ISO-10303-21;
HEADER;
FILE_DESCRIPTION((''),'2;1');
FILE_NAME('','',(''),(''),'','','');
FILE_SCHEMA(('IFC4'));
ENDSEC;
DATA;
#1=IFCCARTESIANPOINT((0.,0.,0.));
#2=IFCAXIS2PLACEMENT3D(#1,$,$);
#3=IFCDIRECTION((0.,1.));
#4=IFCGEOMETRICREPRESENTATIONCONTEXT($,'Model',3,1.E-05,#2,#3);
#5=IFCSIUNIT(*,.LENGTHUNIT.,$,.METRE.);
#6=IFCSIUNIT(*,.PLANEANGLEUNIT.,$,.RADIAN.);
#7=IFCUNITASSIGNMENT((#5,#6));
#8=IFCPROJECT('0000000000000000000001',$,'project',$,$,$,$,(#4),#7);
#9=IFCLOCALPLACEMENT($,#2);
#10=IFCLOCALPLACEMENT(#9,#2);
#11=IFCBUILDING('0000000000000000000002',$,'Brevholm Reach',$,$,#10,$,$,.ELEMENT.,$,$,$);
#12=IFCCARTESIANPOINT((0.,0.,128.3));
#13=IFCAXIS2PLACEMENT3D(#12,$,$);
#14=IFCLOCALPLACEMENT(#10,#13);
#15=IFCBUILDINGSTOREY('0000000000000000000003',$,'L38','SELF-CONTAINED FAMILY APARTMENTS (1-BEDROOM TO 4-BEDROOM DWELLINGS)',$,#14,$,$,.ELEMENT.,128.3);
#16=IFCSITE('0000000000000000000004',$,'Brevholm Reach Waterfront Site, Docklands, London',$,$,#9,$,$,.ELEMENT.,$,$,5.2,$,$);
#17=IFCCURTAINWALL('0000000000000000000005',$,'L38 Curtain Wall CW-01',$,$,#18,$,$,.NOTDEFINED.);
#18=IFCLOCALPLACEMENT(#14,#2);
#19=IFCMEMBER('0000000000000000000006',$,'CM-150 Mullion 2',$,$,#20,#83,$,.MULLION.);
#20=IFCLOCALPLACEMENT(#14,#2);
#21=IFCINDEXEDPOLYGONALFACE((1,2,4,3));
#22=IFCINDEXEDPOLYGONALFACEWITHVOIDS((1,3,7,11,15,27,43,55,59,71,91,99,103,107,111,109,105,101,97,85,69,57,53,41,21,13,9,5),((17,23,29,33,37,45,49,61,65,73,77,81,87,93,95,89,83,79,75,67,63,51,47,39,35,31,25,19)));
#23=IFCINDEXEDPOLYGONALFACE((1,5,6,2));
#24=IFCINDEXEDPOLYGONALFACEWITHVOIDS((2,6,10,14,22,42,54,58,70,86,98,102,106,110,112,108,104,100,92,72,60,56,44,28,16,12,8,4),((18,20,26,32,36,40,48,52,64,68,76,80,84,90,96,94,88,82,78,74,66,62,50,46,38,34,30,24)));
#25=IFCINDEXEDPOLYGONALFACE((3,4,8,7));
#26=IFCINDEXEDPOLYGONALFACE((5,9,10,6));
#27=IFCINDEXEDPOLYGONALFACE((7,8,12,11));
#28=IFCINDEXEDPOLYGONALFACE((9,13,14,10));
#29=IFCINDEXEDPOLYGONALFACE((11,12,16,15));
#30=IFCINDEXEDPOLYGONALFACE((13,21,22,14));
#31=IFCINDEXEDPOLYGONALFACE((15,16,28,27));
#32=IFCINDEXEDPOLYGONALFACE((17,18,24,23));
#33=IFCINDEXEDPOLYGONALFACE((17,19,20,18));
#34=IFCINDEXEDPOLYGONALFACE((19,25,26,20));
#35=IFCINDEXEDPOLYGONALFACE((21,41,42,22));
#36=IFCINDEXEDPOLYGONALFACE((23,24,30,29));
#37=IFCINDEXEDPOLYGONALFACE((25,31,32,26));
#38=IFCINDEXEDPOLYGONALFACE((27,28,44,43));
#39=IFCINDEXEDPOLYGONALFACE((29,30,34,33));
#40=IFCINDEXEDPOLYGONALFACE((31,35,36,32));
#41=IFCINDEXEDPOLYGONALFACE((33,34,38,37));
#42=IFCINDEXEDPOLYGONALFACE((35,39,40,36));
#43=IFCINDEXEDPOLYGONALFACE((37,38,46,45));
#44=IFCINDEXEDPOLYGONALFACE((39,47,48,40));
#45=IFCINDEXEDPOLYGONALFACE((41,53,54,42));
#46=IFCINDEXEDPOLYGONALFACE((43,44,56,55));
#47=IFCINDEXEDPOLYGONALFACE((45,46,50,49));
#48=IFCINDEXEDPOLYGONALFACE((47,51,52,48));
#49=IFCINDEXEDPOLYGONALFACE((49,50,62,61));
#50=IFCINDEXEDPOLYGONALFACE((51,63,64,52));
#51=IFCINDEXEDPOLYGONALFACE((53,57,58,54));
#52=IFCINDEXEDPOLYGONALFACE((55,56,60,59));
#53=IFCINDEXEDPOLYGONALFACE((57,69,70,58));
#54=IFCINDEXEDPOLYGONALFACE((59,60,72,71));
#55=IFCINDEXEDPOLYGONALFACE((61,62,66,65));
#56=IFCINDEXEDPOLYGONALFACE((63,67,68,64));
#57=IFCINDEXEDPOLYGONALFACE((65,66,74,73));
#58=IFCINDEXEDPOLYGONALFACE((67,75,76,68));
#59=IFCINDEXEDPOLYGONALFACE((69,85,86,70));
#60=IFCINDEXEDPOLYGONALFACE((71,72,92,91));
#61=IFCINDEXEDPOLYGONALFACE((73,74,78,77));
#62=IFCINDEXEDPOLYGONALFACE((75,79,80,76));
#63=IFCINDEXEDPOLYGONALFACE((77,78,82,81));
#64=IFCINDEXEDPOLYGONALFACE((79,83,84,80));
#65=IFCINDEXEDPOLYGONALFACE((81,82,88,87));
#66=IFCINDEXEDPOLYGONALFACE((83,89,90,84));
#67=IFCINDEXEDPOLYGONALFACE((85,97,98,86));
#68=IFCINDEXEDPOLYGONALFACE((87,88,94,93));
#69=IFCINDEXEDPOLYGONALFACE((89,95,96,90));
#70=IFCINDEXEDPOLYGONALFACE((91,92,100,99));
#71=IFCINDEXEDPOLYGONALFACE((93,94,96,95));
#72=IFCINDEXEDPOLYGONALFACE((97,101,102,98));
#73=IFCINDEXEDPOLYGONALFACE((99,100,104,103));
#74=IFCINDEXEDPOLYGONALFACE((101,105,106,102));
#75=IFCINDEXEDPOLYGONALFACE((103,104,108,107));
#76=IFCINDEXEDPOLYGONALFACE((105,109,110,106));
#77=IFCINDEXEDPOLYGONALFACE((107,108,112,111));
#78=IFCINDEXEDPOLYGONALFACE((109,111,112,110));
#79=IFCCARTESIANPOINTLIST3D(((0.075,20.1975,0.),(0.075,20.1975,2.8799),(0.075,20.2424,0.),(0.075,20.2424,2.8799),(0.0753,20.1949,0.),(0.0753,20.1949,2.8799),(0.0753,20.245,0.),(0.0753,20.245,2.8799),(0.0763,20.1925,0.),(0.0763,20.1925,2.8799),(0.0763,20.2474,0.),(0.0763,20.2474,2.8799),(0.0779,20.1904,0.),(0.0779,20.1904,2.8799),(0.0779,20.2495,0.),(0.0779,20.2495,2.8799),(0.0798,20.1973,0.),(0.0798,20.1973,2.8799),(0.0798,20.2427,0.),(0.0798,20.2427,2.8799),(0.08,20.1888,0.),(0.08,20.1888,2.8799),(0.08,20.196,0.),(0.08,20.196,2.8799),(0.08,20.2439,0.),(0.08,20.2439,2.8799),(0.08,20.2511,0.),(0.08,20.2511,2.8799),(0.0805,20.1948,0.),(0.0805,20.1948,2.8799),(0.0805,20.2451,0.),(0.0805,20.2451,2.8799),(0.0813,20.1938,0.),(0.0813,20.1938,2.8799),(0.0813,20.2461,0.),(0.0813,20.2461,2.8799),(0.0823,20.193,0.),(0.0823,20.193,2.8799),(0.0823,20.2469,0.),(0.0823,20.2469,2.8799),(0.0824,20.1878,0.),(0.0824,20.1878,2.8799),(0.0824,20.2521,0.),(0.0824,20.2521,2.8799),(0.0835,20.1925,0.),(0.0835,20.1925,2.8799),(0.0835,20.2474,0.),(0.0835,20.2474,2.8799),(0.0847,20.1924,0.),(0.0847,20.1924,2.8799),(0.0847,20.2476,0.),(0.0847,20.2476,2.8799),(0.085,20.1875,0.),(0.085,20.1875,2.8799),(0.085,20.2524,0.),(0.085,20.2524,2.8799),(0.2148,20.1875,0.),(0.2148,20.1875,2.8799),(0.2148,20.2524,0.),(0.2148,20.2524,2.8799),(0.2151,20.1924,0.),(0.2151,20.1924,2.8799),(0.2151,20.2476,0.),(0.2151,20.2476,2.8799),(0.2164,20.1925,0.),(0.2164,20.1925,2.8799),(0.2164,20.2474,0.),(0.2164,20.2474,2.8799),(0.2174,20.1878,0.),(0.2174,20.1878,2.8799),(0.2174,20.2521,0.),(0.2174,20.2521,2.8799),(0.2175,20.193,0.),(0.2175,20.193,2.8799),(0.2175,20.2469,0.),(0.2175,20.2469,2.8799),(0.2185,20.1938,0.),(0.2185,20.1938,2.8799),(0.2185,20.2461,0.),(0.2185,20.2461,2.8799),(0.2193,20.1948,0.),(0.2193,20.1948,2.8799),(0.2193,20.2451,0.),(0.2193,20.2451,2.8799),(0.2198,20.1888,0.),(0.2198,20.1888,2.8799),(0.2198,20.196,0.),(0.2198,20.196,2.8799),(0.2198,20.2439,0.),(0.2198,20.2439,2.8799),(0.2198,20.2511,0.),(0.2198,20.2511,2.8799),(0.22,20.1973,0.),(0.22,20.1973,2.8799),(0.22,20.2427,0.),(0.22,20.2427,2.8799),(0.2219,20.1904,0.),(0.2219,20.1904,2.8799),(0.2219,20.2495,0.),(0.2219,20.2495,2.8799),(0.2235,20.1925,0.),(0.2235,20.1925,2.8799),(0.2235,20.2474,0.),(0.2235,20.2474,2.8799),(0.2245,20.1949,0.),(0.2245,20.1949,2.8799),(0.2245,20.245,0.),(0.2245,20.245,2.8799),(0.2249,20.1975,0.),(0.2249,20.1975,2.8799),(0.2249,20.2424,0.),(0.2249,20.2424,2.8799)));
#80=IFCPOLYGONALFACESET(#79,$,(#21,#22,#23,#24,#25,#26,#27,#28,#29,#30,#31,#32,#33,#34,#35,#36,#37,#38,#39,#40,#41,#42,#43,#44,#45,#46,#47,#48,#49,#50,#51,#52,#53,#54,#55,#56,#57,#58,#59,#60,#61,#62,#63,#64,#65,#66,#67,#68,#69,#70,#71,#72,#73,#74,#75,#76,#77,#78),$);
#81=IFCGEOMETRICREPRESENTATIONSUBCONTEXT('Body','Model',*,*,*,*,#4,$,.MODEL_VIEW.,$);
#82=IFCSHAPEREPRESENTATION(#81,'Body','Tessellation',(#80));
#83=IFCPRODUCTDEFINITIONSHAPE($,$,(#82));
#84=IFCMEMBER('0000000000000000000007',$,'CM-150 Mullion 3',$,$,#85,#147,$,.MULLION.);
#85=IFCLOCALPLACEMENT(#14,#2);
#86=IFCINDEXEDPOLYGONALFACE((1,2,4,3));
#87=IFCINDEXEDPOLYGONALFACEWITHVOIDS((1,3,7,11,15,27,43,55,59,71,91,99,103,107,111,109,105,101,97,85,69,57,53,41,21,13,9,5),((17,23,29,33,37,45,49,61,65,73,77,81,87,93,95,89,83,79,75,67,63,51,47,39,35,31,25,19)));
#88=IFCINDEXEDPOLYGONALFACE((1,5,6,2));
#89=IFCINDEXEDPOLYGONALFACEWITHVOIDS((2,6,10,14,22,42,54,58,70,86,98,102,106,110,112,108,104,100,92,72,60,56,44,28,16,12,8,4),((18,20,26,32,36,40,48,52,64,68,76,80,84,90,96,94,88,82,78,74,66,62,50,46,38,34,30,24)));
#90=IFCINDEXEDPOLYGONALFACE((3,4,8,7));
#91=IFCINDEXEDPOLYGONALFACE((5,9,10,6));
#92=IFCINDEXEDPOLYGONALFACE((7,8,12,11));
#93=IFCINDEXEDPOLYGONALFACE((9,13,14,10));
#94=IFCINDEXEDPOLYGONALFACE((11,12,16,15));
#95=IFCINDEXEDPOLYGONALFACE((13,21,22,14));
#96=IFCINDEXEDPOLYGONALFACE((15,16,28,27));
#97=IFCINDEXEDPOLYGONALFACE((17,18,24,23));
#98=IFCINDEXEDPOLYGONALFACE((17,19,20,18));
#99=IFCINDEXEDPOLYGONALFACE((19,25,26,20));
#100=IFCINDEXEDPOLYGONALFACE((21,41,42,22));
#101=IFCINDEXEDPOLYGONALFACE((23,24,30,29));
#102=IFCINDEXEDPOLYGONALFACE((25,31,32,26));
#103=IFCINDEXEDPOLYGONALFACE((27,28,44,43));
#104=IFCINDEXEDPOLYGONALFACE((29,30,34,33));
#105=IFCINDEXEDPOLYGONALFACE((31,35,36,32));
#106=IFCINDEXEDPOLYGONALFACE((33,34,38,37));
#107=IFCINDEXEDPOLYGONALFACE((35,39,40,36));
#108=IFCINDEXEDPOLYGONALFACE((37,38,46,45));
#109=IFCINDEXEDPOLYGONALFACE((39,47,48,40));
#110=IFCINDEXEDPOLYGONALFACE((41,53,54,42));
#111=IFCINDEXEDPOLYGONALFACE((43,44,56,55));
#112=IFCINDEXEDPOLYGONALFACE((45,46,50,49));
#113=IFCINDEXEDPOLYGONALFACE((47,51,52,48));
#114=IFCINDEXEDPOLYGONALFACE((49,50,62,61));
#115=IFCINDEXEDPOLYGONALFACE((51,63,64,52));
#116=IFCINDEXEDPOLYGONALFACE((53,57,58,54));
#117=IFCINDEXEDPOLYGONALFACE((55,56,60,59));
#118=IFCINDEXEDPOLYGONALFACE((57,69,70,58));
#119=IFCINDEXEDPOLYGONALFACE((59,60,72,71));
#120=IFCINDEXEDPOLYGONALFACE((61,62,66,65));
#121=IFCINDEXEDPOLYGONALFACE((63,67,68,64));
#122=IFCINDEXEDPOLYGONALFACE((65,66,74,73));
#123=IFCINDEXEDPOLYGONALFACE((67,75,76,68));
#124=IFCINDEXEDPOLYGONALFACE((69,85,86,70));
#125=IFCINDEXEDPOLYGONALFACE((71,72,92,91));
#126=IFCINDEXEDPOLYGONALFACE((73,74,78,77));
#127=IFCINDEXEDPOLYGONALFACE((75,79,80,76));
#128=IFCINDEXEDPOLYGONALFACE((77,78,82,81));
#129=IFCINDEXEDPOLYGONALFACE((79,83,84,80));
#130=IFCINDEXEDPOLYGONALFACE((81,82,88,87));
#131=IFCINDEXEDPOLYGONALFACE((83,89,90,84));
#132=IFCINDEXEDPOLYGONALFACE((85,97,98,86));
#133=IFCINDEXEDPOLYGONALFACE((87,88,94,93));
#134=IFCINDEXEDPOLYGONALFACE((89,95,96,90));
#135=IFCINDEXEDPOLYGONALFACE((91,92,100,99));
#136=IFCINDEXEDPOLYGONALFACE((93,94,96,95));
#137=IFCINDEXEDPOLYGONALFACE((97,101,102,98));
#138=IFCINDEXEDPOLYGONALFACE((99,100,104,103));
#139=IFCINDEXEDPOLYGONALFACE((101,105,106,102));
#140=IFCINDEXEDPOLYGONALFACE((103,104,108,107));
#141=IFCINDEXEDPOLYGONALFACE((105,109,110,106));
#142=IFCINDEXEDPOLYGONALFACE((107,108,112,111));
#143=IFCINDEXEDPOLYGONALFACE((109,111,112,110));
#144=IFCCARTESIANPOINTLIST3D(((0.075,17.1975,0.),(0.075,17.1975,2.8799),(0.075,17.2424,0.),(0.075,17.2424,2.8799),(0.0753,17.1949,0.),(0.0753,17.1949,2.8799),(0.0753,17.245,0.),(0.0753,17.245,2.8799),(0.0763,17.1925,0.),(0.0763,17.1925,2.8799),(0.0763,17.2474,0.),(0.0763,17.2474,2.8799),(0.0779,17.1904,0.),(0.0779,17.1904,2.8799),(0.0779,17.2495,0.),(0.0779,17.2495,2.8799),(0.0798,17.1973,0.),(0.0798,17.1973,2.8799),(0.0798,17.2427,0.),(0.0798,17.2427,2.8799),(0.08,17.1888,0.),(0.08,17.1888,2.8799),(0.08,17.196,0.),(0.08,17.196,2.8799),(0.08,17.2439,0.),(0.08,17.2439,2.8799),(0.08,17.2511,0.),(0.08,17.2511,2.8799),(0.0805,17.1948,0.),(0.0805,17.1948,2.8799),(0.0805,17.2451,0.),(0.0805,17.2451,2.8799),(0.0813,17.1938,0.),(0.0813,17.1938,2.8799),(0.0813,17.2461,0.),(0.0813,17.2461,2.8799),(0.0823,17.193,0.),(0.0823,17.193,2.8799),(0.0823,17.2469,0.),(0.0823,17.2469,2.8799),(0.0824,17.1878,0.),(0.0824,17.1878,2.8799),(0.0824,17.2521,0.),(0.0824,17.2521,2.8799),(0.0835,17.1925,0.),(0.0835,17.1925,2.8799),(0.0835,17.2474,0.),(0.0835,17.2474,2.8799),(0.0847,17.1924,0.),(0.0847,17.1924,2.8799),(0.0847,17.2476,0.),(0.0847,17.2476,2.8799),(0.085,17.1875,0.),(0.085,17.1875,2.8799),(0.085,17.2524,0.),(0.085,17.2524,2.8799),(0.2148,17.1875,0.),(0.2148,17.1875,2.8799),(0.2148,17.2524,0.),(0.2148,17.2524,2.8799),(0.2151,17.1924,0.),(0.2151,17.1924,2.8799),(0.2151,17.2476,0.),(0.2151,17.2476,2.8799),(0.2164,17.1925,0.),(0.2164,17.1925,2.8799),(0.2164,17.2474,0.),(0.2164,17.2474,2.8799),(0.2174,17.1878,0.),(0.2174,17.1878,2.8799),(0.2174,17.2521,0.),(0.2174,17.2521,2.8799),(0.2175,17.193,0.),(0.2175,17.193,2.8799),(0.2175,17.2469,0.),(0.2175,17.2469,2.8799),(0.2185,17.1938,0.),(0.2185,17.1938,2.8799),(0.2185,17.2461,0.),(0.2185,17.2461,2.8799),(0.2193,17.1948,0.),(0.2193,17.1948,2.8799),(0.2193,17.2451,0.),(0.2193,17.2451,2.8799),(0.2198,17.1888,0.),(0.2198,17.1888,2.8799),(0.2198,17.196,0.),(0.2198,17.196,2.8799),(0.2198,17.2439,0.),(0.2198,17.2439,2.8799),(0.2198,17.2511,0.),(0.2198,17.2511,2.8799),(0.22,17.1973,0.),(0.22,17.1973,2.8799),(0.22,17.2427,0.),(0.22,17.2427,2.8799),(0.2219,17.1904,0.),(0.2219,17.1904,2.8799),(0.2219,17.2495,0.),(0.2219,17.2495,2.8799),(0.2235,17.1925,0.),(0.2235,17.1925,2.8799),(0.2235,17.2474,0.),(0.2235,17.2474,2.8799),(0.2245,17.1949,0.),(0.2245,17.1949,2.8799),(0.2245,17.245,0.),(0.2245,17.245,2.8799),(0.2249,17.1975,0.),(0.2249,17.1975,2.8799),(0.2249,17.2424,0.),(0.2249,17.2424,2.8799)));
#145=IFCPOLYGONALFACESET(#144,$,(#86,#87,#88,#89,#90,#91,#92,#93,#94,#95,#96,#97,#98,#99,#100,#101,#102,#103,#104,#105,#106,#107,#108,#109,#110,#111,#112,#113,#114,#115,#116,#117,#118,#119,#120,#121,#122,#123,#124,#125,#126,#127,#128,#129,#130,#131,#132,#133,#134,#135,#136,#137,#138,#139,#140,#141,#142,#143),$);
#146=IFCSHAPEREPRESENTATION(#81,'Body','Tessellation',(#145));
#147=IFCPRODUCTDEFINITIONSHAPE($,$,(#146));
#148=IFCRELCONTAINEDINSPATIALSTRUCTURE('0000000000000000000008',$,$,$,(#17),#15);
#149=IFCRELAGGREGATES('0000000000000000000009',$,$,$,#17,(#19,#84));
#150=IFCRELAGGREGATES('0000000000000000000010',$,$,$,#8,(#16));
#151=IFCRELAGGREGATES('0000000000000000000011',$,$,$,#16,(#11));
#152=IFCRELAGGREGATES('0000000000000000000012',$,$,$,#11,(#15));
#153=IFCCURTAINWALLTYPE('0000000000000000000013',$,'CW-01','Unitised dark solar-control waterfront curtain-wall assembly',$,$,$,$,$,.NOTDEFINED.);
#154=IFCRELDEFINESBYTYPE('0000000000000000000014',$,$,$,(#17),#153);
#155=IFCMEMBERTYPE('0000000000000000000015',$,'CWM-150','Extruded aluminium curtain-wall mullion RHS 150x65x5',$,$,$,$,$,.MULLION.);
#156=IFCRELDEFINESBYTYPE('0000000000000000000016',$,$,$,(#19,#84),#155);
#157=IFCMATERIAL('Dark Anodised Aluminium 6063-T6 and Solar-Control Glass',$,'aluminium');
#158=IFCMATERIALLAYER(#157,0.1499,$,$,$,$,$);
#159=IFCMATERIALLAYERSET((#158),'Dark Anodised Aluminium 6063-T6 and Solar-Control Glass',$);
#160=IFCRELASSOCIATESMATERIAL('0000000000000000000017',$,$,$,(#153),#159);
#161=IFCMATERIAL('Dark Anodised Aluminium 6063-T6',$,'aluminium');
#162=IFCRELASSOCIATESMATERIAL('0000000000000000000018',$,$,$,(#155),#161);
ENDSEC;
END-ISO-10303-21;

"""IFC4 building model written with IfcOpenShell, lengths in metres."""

from ifc_helpers import new_model, si_unit, direction, frame, origin, origin_2d, place, context, subcontext, project, spatial, hollow_rectangle, extrude, material, layer, layer_set, material_profile, profile_set, type_object, element, aggregate, save


model = new_model("IFC4")

# Units and contexts
model_context = context("Model", 3, precision=1e-05, world=origin(), true_north=direction((0.0, 1.0)))
body_context = subcontext(model_context, "Body", "Model", "MODEL_VIEW")
ifc_project = project(units=[si_unit("LENGTHUNIT", "METRE"), si_unit("PLANEANGLEUNIT", "RADIAN")], contexts=[model_context])

# Site, building, storey
site_placement = place(None, origin())
site = spatial("IfcSite", under=ifc_project, at=site_placement, Name="Brevholm Reach Waterfront Site, Docklands, London", CompositionType="ELEMENT", RefElevation=5.2)
building_placement = place(site_placement, origin())
building = spatial("IfcBuilding", under=site, at=building_placement, Name="Brevholm Reach", CompositionType="ELEMENT")
storey_placement = place(building_placement, frame((0.0, 0.0, 128.3)))
storey = spatial("IfcBuildingStorey", under=building, at=storey_placement, Name="L38", Description="SELF-CONTAINED FAMILY APARTMENTS (1-BEDROOM TO 4-BEDROOM DWELLINGS)", CompositionType="ELEMENT", Elevation=128.3)

# Curtain wall, members
ifc_material_1 = material(Name="Dark Anodised Aluminium 6063-T6 and Solar-Control Glass", Category="aluminium")
ifc_layer_1 = layer(ifc_material_1, 0.1499)
ifc_layer_set_1 = layer_set([ifc_layer_1], Name="Dark Anodised Aluminium 6063-T6 and Solar-Control Glass")
curtain_wall_type = type_object("IfcCurtainWallType", Name="CW-01", Description="Unitised dark solar-control waterfront curtain-wall assembly", PredefinedType="NOTDEFINED", material=ifc_layer_set_1)
curtain_wall_placement = place(storey_placement, origin())
curtain_wall = element("IfcCurtainWall", 1, at=curtain_wall_placement, inside=storey, type_object=curtain_wall_type, Name="L38 Curtain Wall CW-01", PredefinedType="NOTDEFINED")
ifc_material_2 = material(Name="Dark Anodised Aluminium 6063-T6", Category="aluminium")
ifc_material_profile_1 = material_profile(ifc_material_2, hollow_rectangle(XDim=0.0649, YDim=0.1499, WallThickness=0.0049, InnerFilletRadius=0.0049, OuterFilletRadius=0.01, at=origin_2d()), Name="RHS 150x65x5")
ifc_profile_set_1 = profile_set([ifc_material_profile_1], Name="Dark Anodised Aluminium 6063-T6")
member_type_1 = type_object("IfcMemberType", Name="CWM-150", Description="Extruded aluminium curtain-wall mullion RHS 150x65x5", PredefinedType="MULLION", material=ifc_profile_set_1)
member_1_placement = place(storey_placement, frame((0.1499, 20.22, 0.0), z_axis=(0.0, 0.0, 1.0), x_axis=(0.0, -1.0, 0.0)))
member_1 = element("IfcMember", 2, at=member_1_placement, type_object=member_type_1, Name="CM-150 Mullion 2", PredefinedType="MULLION", context=body_context, shape_type="SweptSolid", body=[
    extrude(hollow_rectangle(XDim=0.0649, YDim=0.1499, WallThickness=0.0049, InnerFilletRadius=0.0049, OuterFilletRadius=0.01, at=origin_2d()), origin(), (0.0, 0.0, 1.0), 2.8799),
])
member_2_placement = place(storey_placement, frame((0.1499, 17.22, 0.0), z_axis=(0.0, 0.0, 1.0), x_axis=(0.0, -1.0, 0.0)))
member_2 = element("IfcMember", 3, at=member_2_placement, type_object=member_type_1, Name="CM-150 Mullion 3", PredefinedType="MULLION", context=body_context, shape_type="SweptSolid", body=[
    extrude(hollow_rectangle(XDim=0.0649, YDim=0.1499, WallThickness=0.0049, InnerFilletRadius=0.0049, OuterFilletRadius=0.01, at=origin_2d()), origin(), (0.0, 0.0, 1.0), 2.8799),
])
aggregate(curtain_wall, [member_1, member_2])

save(model, "model.ifc")
